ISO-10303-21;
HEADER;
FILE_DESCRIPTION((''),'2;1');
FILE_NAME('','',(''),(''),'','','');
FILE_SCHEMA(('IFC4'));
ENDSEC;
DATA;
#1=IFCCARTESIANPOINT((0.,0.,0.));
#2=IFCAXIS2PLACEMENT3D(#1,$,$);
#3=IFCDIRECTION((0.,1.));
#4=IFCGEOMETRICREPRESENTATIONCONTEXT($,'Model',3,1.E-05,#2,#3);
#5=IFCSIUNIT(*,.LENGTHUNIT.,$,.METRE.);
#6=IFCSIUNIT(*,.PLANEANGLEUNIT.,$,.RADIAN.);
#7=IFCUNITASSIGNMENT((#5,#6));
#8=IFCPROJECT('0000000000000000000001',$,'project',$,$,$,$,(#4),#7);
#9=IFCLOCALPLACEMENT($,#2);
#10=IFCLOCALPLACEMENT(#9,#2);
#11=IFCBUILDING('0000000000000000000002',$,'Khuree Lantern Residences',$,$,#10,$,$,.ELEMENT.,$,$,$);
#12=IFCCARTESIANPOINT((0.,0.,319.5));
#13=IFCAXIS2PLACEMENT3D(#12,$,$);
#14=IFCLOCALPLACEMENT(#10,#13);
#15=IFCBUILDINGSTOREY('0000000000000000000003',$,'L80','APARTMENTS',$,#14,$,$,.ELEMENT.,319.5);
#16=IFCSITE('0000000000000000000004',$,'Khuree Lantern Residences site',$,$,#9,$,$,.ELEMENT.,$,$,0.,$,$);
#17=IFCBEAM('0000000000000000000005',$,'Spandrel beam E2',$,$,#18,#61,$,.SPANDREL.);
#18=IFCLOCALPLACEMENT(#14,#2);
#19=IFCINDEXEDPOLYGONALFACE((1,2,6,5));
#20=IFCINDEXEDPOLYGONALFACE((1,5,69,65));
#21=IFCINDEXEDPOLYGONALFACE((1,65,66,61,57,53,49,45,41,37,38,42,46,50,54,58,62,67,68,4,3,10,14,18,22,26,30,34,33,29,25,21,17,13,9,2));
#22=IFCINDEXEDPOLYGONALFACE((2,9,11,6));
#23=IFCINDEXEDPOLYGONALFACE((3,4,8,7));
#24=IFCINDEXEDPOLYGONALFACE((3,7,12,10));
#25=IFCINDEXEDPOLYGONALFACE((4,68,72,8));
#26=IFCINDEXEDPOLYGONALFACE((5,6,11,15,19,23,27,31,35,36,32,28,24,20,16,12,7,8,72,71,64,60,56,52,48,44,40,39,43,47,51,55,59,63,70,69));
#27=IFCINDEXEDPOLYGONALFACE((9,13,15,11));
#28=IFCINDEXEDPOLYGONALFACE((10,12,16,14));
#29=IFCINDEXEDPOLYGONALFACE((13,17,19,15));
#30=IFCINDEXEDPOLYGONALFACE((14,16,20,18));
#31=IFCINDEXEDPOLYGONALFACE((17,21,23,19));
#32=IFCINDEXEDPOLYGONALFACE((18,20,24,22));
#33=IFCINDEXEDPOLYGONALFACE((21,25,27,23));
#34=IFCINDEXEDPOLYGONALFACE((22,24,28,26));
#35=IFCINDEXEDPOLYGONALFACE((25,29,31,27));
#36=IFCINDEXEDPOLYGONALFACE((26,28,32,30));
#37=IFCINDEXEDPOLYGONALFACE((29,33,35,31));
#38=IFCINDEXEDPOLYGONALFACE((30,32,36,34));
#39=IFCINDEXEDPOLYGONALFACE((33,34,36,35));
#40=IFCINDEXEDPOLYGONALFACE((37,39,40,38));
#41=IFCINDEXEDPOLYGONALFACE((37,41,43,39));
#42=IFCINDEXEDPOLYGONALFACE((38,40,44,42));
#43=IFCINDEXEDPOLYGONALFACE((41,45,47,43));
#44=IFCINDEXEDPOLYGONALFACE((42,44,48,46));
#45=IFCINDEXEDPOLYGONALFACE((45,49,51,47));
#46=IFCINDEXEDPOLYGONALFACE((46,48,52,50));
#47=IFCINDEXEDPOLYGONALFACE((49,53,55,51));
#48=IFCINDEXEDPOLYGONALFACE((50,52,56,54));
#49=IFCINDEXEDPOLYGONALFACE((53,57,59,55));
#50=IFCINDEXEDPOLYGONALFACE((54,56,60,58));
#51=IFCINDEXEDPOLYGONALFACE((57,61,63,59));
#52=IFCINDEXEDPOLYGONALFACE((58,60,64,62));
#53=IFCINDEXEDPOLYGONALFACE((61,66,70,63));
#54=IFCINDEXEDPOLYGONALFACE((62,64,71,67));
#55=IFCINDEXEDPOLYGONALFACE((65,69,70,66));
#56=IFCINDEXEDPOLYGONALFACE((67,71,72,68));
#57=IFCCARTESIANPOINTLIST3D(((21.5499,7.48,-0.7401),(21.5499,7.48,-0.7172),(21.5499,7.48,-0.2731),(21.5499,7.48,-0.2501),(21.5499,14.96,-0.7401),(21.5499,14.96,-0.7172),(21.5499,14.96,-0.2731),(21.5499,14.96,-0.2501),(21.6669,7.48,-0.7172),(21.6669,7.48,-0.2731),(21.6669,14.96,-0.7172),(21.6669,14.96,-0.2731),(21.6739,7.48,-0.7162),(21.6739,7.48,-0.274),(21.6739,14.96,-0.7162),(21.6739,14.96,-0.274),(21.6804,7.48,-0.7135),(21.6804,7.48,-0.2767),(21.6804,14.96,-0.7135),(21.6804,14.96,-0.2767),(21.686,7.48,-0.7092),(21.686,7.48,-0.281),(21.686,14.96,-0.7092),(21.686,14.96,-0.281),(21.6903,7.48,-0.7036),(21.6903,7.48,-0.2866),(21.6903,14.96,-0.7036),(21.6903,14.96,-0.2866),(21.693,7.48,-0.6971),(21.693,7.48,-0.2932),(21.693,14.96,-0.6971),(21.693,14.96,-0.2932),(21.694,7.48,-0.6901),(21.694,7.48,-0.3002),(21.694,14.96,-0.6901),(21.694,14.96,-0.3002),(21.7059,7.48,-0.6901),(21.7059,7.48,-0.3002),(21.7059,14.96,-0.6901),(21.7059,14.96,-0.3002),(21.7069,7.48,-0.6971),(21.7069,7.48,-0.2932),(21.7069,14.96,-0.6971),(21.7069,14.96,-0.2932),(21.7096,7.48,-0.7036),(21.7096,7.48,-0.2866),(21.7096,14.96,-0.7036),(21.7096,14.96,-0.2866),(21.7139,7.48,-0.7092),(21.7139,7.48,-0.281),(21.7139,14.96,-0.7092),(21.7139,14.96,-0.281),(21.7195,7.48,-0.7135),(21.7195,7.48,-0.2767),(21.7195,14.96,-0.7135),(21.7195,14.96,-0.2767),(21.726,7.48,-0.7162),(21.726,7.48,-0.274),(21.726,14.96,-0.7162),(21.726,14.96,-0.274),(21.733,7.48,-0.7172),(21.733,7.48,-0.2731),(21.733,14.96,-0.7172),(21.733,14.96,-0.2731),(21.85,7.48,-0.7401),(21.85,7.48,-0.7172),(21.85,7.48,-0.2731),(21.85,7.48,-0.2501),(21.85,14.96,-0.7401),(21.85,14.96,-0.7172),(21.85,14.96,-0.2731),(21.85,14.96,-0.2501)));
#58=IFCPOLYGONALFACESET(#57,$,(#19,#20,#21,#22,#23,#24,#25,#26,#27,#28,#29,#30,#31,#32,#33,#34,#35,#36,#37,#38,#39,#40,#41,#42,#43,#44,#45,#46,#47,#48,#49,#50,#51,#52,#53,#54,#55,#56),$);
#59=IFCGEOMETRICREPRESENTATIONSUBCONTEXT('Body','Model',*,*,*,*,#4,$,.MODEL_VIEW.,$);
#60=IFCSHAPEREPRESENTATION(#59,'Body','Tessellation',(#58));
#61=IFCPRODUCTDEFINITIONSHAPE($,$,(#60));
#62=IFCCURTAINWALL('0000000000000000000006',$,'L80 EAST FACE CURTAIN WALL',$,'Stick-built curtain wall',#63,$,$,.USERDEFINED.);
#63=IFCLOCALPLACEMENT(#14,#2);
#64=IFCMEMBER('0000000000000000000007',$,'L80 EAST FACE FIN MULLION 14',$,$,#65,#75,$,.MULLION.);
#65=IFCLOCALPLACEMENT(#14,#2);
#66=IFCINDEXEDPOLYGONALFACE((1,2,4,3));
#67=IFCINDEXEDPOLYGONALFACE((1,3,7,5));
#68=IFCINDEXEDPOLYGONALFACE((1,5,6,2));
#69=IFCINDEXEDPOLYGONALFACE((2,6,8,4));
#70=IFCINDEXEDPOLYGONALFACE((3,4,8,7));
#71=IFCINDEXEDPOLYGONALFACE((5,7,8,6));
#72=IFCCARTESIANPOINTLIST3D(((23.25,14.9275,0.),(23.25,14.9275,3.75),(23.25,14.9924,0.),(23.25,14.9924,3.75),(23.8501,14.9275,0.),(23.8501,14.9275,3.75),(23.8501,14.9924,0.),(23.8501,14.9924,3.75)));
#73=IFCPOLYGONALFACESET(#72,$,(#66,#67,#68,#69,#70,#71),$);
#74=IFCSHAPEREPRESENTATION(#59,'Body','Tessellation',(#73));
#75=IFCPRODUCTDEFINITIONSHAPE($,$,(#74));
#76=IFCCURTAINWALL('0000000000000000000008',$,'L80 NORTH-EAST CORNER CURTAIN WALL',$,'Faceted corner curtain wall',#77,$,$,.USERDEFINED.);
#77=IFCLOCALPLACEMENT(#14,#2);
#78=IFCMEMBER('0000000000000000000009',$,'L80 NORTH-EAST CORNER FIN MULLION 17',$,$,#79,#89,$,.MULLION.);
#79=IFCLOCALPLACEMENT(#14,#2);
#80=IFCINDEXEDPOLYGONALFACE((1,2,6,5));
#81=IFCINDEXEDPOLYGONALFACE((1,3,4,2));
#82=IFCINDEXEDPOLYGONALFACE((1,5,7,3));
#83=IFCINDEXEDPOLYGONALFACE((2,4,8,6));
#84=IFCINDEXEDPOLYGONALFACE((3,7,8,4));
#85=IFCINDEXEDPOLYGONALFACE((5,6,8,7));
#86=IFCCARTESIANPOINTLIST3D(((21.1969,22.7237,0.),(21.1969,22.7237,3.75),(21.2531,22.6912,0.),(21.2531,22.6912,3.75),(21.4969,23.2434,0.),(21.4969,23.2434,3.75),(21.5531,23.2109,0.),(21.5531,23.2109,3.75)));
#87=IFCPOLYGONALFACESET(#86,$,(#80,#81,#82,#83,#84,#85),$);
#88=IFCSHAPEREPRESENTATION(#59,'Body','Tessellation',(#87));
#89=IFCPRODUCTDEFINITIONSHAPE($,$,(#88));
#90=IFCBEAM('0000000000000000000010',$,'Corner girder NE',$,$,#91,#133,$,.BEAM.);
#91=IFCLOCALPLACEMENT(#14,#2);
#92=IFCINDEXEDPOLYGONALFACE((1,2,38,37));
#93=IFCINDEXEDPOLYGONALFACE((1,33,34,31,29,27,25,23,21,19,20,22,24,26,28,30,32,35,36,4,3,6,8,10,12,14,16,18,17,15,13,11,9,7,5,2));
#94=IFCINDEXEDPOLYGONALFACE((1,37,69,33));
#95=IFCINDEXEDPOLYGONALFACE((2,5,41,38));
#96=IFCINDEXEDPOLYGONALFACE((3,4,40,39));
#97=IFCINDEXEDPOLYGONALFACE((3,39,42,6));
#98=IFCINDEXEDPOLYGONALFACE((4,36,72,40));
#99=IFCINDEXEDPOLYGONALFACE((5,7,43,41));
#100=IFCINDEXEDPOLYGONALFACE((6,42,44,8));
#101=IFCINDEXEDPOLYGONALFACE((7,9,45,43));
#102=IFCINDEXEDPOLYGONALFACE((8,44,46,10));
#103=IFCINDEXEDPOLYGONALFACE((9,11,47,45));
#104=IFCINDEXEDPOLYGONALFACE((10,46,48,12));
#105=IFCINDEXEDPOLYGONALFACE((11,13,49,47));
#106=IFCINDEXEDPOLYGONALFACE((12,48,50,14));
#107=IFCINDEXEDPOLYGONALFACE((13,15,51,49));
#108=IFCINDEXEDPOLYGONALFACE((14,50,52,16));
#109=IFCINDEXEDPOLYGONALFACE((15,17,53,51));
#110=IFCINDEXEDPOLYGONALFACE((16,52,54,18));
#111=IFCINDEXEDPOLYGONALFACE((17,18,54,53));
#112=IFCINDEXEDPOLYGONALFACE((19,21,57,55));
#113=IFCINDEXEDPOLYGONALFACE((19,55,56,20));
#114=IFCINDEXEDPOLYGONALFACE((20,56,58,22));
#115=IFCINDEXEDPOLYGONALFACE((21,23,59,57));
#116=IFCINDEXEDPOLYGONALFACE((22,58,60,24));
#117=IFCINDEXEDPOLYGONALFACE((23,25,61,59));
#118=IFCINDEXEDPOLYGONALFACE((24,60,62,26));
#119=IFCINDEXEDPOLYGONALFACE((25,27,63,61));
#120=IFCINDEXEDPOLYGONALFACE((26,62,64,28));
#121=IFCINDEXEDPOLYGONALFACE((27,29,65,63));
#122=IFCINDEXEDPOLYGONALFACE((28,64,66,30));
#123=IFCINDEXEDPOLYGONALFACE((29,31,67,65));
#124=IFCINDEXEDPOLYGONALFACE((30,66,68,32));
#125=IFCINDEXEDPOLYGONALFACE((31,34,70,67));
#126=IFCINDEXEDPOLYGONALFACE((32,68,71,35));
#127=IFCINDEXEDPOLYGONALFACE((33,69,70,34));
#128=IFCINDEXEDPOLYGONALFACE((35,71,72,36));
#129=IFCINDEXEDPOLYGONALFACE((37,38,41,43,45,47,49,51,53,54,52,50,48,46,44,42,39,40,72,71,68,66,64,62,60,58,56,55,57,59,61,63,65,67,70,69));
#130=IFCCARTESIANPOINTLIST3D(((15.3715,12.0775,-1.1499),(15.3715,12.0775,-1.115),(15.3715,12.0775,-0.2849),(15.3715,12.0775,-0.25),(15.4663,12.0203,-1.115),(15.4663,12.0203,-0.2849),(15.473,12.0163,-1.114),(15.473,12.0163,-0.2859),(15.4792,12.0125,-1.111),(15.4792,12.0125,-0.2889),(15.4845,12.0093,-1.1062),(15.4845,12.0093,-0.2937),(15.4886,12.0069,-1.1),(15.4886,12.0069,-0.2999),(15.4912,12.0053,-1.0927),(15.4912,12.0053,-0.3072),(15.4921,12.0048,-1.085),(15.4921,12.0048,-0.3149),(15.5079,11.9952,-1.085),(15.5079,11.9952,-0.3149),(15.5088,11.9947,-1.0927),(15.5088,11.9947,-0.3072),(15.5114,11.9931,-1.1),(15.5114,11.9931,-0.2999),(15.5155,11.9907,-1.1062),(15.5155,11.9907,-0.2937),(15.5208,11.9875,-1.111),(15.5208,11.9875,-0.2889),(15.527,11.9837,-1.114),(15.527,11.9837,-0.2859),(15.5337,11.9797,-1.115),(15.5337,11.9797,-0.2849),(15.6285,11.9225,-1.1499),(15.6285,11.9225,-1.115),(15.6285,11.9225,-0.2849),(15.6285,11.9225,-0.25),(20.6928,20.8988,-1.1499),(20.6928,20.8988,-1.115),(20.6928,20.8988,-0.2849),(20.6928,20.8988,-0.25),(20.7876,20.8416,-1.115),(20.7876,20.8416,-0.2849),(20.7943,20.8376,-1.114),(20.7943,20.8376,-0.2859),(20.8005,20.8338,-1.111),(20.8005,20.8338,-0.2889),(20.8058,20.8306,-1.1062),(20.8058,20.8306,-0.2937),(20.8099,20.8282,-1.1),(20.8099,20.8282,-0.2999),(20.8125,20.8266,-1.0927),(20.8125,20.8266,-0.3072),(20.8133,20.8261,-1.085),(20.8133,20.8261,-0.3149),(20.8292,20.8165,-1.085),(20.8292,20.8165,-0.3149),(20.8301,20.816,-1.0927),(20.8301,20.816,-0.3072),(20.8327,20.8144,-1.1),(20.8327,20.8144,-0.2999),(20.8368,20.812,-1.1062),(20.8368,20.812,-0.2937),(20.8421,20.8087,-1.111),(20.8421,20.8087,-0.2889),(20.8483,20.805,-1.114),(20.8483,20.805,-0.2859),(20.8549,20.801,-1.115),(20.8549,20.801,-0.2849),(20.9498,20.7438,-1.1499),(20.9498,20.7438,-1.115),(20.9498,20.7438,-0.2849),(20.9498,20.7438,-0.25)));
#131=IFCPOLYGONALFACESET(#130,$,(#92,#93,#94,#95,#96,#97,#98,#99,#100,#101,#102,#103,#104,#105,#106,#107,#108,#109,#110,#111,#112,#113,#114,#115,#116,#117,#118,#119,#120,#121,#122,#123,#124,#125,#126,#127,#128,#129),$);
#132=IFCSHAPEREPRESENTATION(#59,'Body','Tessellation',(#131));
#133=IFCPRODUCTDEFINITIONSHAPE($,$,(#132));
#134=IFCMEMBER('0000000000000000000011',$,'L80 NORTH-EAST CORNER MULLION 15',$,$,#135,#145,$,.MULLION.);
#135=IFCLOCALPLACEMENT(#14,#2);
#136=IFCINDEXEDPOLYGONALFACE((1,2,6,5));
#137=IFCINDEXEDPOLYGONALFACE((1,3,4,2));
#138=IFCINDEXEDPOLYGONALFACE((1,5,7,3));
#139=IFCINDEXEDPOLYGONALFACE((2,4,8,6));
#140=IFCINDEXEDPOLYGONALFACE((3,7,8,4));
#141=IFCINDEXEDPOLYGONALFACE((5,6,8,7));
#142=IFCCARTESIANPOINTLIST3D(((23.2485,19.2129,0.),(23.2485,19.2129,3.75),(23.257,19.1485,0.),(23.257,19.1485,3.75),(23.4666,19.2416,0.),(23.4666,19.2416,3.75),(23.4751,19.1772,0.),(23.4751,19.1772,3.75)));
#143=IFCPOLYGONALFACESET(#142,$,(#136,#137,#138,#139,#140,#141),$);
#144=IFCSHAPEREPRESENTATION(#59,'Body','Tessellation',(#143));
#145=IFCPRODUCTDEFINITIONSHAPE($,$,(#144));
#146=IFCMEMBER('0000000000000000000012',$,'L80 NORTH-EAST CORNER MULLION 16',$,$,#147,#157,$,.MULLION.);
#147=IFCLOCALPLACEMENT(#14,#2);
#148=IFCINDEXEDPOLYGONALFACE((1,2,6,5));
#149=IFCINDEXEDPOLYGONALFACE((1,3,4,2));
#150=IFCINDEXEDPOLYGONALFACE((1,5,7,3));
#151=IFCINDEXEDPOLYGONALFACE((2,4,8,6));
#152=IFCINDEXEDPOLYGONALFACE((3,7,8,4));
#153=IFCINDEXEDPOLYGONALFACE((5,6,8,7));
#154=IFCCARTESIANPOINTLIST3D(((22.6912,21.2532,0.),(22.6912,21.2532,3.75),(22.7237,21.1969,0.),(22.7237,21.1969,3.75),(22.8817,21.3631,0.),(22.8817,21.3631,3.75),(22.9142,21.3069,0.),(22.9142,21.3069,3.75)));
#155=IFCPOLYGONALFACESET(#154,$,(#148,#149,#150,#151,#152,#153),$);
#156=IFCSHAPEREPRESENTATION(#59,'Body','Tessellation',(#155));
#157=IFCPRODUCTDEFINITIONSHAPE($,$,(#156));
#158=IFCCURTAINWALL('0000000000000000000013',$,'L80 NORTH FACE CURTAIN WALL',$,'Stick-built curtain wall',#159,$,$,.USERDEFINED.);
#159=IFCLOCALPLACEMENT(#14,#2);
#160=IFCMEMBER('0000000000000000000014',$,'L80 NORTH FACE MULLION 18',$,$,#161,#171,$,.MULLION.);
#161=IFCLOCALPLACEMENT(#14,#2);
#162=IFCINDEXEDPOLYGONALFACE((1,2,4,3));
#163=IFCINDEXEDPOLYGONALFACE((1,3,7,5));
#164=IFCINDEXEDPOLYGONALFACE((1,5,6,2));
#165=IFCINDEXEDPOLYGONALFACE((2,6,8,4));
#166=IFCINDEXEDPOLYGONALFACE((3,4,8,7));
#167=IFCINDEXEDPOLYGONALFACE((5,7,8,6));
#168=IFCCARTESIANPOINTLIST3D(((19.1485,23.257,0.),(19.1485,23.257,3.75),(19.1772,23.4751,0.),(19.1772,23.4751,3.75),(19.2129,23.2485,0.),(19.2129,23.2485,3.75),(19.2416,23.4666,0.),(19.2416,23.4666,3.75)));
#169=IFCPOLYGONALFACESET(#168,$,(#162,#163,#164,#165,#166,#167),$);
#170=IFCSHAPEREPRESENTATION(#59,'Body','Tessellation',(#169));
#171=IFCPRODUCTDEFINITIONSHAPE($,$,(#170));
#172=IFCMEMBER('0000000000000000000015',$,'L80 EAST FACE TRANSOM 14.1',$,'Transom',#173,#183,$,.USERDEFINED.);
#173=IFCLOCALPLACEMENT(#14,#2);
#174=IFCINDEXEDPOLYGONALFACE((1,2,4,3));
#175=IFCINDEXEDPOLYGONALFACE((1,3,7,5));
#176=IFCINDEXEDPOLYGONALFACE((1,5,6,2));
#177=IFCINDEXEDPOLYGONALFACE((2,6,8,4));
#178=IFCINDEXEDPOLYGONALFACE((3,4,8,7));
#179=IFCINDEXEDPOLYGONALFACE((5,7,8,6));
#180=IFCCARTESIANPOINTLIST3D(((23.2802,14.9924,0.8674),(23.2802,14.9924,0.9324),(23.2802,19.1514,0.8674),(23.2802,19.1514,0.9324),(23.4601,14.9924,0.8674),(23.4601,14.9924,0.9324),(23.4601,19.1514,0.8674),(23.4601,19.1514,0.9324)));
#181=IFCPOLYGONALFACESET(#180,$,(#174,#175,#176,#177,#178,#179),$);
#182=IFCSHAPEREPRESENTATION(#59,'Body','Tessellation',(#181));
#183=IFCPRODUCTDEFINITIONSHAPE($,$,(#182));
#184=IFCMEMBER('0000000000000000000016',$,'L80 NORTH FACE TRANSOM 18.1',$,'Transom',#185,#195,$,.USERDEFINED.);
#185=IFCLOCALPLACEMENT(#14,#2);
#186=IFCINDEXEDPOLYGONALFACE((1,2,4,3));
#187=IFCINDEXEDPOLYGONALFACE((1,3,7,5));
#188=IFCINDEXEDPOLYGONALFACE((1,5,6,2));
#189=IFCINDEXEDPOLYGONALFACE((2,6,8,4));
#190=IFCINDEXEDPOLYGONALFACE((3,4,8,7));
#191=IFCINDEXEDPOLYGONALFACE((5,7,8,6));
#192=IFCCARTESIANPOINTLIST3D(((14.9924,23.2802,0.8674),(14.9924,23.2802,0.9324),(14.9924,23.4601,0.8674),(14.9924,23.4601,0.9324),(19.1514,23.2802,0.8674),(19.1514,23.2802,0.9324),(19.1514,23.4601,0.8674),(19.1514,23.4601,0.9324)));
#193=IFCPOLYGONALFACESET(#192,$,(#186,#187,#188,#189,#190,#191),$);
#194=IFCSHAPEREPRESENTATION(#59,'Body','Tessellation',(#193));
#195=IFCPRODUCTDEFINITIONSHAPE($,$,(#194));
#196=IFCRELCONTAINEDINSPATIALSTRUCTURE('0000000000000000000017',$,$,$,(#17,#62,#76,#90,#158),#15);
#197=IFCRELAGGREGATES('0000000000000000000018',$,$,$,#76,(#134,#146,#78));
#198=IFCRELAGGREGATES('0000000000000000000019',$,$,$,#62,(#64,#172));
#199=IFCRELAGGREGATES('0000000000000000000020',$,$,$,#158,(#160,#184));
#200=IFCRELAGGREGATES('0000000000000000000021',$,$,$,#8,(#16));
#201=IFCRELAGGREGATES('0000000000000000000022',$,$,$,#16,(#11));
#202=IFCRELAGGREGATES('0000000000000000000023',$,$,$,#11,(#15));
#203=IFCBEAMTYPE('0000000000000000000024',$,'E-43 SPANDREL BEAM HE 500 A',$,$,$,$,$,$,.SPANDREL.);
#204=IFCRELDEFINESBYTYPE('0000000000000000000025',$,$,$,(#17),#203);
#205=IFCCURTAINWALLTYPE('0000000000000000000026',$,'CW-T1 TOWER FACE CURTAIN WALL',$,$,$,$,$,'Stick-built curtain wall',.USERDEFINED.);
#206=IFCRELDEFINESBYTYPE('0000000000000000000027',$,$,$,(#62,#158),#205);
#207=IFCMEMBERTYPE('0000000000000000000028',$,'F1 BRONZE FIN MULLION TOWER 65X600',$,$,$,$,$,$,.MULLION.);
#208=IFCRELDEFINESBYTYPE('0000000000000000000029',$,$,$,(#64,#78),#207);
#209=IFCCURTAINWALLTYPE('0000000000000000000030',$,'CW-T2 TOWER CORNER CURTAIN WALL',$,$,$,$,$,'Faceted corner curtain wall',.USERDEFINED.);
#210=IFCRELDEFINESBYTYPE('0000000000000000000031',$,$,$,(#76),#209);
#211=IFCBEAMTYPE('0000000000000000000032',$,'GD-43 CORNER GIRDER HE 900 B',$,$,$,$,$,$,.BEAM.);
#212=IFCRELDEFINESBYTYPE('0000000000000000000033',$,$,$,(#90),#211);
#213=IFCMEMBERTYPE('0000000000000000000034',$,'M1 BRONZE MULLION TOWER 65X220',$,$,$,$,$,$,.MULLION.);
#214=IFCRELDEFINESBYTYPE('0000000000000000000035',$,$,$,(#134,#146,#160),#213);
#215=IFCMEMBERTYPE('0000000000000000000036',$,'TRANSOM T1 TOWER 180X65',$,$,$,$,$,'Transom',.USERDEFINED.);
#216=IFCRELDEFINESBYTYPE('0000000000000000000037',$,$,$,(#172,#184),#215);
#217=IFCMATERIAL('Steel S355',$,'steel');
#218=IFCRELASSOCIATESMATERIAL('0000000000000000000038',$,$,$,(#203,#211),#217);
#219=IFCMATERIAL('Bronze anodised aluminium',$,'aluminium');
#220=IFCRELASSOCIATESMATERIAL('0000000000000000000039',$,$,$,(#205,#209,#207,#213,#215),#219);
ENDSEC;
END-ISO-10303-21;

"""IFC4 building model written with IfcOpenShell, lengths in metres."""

from ifc_helpers import new_model, si_unit, direction, frame, origin, origin_2d, place, context, subcontext, project, spatial, rectangle, i_section, extrude, material, material_profile, profile_set, type_object, element, aggregate, save


model = new_model("IFC4")

# Units and contexts
model_context = context("Model", 3, precision=1e-05, world=origin(), true_north=direction((0.0, 1.0)))
body_context = subcontext(model_context, "Body", "Model", "MODEL_VIEW")
ifc_project = project(units=[si_unit("LENGTHUNIT", "METRE"), si_unit("PLANEANGLEUNIT", "RADIAN")], contexts=[model_context])

# Site, building, storey
site_placement = place(None, origin())
site = spatial("IfcSite", under=ifc_project, at=site_placement, Name="Khuree Lantern Residences site", CompositionType="ELEMENT", RefElevation=0.0)
building_placement = place(site_placement, origin())
building = spatial("IfcBuilding", under=site, at=building_placement, Name="Khuree Lantern Residences", CompositionType="ELEMENT")
storey_placement = place(building_placement, frame((0.0, 0.0, 319.5)))
storey = spatial("IfcBuildingStorey", under=building, at=storey_placement, Name="L80", Description="APARTMENTS", CompositionType="ELEMENT", Elevation=319.5)

# Beam
ifc_material_1 = material(Name="Steel S355", Category="steel")
ifc_material_profile_1 = material_profile(ifc_material_1, i_section(OverallWidth=0.3, OverallDepth=0.49, WebThickness=0.012, FlangeThickness=0.0229, FilletRadius=0.0271, at=origin_2d()), Name="HE 500 A")
ifc_profile_set_1 = profile_set([ifc_material_profile_1], Name="Steel S355")
beam_type_1 = type_object("IfcBeamType", Name="E-43 SPANDREL BEAM HE 500 A", PredefinedType="SPANDREL", material=ifc_profile_set_1)
beam_1_placement = place(storey_placement, frame((21.7, 14.96, -0.4951), z_axis=(0.0, -1.0, 0.0), x_axis=(1.0, 0.0, 0.0)))
element("IfcBeam", 1, at=beam_1_placement, inside=storey, type_object=beam_type_1, Name="Spandrel beam E2", PredefinedType="SPANDREL", context=body_context, shape_type="SweptSolid", body=[
    extrude(i_section(OverallWidth=0.3, OverallDepth=0.49, WebThickness=0.012, FlangeThickness=0.0229, FilletRadius=0.0271, at=origin_2d()), origin(), (0.0, 0.0, 1.0), 7.48),
])

# Curtain walls, members
ifc_material_2 = material(Name="Bronze anodised aluminium", Category="aluminium")
curtain_wall_type_1 = type_object("IfcCurtainWallType", Name="CW-T1 TOWER FACE CURTAIN WALL", ElementType="Stick-built curtain wall", PredefinedType="USERDEFINED", material=ifc_material_2)
curtain_wall_1_placement = place(storey_placement, origin())
curtain_wall_1 = element("IfcCurtainWall", 2, at=curtain_wall_1_placement, inside=storey, type_object=curtain_wall_type_1, Name="L80 EAST FACE CURTAIN WALL", ObjectType="Stick-built curtain wall", PredefinedType="USERDEFINED")
ifc_material_profile_2 = material_profile(ifc_material_2, rectangle(XDim=0.0649, YDim=0.6001, at=origin_2d()), Name="F1 65X600")
ifc_profile_set_2 = profile_set([ifc_material_profile_2], Name="Bronze anodised aluminium")
member_type_1 = type_object("IfcMemberType", Name="F1 BRONZE FIN MULLION TOWER 65X600", PredefinedType="MULLION", material=ifc_profile_set_2)
member_1_placement = place(storey_placement, frame((23.55, 14.96, 0.0), z_axis=(0.0, 0.0, 1.0), x_axis=(0.0, 1.0, 0.0)))
member_1 = element("IfcMember", 3, at=member_1_placement, type_object=member_type_1, Name="L80 EAST FACE FIN MULLION 14", PredefinedType="MULLION", context=body_context, shape_type="SweptSolid", body=[
    extrude(rectangle(XDim=0.0649, YDim=0.6001, at=origin_2d()), origin(), (0.0, 0.0, 1.0), 3.75),
])
curtain_wall_type_2 = type_object("IfcCurtainWallType", Name="CW-T2 TOWER CORNER CURTAIN WALL", ElementType="Faceted corner curtain wall", PredefinedType="USERDEFINED", material=ifc_material_2)
curtain_wall_2_placement = place(storey_placement, origin())
curtain_wall_2 = element("IfcCurtainWall", 4, at=curtain_wall_2_placement, inside=storey, type_object=curtain_wall_type_2, Name="L80 NORTH-EAST CORNER CURTAIN WALL", ObjectType="Faceted corner curtain wall", PredefinedType="USERDEFINED")
member_2_placement = place(storey_placement, frame((21.375, 22.9673, 0.0), z_axis=(0.0, 0.0, 1.0), x_axis=(-0.866025, 0.5, 0.0)))
member_2 = element("IfcMember", 5, at=member_2_placement, type_object=member_type_1, Name="L80 NORTH-EAST CORNER FIN MULLION 17", PredefinedType="MULLION", context=body_context, shape_type="SweptSolid", body=[
    extrude(rectangle(XDim=0.0649, YDim=0.6001, at=origin_2d()), origin(), (0.0, 0.0, 1.0), 3.75),
])

# Beam
ifc_material_profile_3 = material_profile(ifc_material_1, i_section(OverallWidth=0.3, OverallDepth=0.8999, WebThickness=0.0186, FlangeThickness=0.0349, FilletRadius=0.03, at=origin_2d()), Name="HE 900 B")
ifc_profile_set_3 = profile_set([ifc_material_profile_3], Name="Steel S355")
beam_type_2 = type_object("IfcBeamType", Name="GD-43 CORNER GIRDER HE 900 B", PredefinedType="BEAM", material=ifc_profile_set_3)
beam_2_placement = place(storey_placement, frame((20.8213, 20.8213, -0.7), z_axis=(-0.51653, -0.856269, 0.0), x_axis=(0.856269, -0.51653, 0.0)))
element("IfcBeam", 6, at=beam_2_placement, inside=storey, type_object=beam_type_2, Name="Corner girder NE", PredefinedType="BEAM", context=body_context, shape_type="SweptSolid", body=[
    extrude(i_section(OverallWidth=0.3, OverallDepth=0.8999, WebThickness=0.0186, FlangeThickness=0.0349, FilletRadius=0.03, at=origin_2d()), origin(), (0.0, 0.0, 1.0), 10.302),
])

# Members
ifc_material_profile_4 = material_profile(ifc_material_2, rectangle(XDim=0.0649, YDim=0.22, at=origin_2d()), Name="M1 65X220")
ifc_profile_set_4 = profile_set([ifc_material_profile_4], Name="Bronze anodised aluminium")
member_type_2 = type_object("IfcMemberType", Name="M1 BRONZE MULLION TOWER 65X220", PredefinedType="MULLION", material=ifc_profile_set_4)
member_3_placement = place(storey_placement, frame((23.3618, 19.1951, 0.0), z_axis=(0.0, 0.0, 1.0), x_axis=(-0.130526, 0.991445, 0.0)))
member_3 = element("IfcMember", 7, at=member_3_placement, type_object=member_type_2, Name="L80 NORTH-EAST CORNER MULLION 15", PredefinedType="MULLION", context=body_context, shape_type="SweptSolid", body=[
    extrude(rectangle(XDim=0.0649, YDim=0.22, at=origin_2d()), origin(), (0.0, 0.0, 1.0), 3.75),
])
member_4_placement = place(storey_placement, frame((22.8027, 21.28, 0.0), z_axis=(0.0, 0.0, 1.0), x_axis=(-0.5, 0.866025, 0.0)))
member_4 = element("IfcMember", 8, at=member_4_placement, type_object=member_type_2, Name="L80 NORTH-EAST CORNER MULLION 16", PredefinedType="MULLION", context=body_context, shape_type="SweptSolid", body=[
    extrude(rectangle(XDim=0.0649, YDim=0.22, at=origin_2d()), origin(), (0.0, 0.0, 1.0), 3.75),
])

# Curtain wall, member
curtain_wall_3_placement = place(storey_placement, origin())
curtain_wall_3 = element("IfcCurtainWall", 9, at=curtain_wall_3_placement, inside=storey, type_object=curtain_wall_type_1, Name="L80 NORTH FACE CURTAIN WALL", ObjectType="Stick-built curtain wall", PredefinedType="USERDEFINED")
member_5_placement = place(storey_placement, frame((19.1951, 23.3618, 0.0), z_axis=(0.0, 0.0, 1.0), x_axis=(-0.991445, 0.130526, 0.0)))
member_5 = element("IfcMember", 10, at=member_5_placement, type_object=member_type_2, Name="L80 NORTH FACE MULLION 18", PredefinedType="MULLION", context=body_context, shape_type="SweptSolid", body=[
    extrude(rectangle(XDim=0.0649, YDim=0.22, at=origin_2d()), origin(), (0.0, 0.0, 1.0), 3.75),
])

# Members
ifc_material_profile_5 = material_profile(ifc_material_2, rectangle(XDim=0.1799, YDim=0.0649, at=origin_2d()), Name="T1 180X65")
ifc_profile_set_5 = profile_set([ifc_material_profile_5], Name="Bronze anodised aluminium")
member_type_3 = type_object("IfcMemberType", Name="TRANSOM T1 TOWER 180X65", ElementType="Transom", PredefinedType="USERDEFINED", material=ifc_profile_set_5)
member_6_placement = place(storey_placement, frame((23.3701, 14.9924, 0.8999), z_axis=(0.0, 1.0, 0.0), x_axis=(-1.0, 0.0, 0.0)))
member_6 = element("IfcMember", 11, at=member_6_placement, type_object=member_type_3, Name="L80 EAST FACE TRANSOM 14.1", ObjectType="Transom", PredefinedType="USERDEFINED", context=body_context, shape_type="SweptSolid", body=[
    extrude(rectangle(XDim=0.1799, YDim=0.0649, at=origin_2d()), origin(), (0.0, 0.0, 1.0), 4.1589),
])
member_7_placement = place(storey_placement, frame((19.1514, 23.3701, 0.8999), z_axis=(-1.0, 0.0, 0.0), x_axis=(0.0, -1.0, 0.0)))
member_7 = element("IfcMember", 12, at=member_7_placement, type_object=member_type_3, Name="L80 NORTH FACE TRANSOM 18.1", ObjectType="Transom", PredefinedType="USERDEFINED", context=body_context, shape_type="SweptSolid", body=[
    extrude(rectangle(XDim=0.1799, YDim=0.0649, at=origin_2d()), origin(), (0.0, 0.0, 1.0), 4.1589),
])

aggregate(curtain_wall_2, [member_3, member_4, member_2])
aggregate(curtain_wall_1, [member_1, member_6])
aggregate(curtain_wall_3, [member_5, member_7])

save(model, "model.ifc")
